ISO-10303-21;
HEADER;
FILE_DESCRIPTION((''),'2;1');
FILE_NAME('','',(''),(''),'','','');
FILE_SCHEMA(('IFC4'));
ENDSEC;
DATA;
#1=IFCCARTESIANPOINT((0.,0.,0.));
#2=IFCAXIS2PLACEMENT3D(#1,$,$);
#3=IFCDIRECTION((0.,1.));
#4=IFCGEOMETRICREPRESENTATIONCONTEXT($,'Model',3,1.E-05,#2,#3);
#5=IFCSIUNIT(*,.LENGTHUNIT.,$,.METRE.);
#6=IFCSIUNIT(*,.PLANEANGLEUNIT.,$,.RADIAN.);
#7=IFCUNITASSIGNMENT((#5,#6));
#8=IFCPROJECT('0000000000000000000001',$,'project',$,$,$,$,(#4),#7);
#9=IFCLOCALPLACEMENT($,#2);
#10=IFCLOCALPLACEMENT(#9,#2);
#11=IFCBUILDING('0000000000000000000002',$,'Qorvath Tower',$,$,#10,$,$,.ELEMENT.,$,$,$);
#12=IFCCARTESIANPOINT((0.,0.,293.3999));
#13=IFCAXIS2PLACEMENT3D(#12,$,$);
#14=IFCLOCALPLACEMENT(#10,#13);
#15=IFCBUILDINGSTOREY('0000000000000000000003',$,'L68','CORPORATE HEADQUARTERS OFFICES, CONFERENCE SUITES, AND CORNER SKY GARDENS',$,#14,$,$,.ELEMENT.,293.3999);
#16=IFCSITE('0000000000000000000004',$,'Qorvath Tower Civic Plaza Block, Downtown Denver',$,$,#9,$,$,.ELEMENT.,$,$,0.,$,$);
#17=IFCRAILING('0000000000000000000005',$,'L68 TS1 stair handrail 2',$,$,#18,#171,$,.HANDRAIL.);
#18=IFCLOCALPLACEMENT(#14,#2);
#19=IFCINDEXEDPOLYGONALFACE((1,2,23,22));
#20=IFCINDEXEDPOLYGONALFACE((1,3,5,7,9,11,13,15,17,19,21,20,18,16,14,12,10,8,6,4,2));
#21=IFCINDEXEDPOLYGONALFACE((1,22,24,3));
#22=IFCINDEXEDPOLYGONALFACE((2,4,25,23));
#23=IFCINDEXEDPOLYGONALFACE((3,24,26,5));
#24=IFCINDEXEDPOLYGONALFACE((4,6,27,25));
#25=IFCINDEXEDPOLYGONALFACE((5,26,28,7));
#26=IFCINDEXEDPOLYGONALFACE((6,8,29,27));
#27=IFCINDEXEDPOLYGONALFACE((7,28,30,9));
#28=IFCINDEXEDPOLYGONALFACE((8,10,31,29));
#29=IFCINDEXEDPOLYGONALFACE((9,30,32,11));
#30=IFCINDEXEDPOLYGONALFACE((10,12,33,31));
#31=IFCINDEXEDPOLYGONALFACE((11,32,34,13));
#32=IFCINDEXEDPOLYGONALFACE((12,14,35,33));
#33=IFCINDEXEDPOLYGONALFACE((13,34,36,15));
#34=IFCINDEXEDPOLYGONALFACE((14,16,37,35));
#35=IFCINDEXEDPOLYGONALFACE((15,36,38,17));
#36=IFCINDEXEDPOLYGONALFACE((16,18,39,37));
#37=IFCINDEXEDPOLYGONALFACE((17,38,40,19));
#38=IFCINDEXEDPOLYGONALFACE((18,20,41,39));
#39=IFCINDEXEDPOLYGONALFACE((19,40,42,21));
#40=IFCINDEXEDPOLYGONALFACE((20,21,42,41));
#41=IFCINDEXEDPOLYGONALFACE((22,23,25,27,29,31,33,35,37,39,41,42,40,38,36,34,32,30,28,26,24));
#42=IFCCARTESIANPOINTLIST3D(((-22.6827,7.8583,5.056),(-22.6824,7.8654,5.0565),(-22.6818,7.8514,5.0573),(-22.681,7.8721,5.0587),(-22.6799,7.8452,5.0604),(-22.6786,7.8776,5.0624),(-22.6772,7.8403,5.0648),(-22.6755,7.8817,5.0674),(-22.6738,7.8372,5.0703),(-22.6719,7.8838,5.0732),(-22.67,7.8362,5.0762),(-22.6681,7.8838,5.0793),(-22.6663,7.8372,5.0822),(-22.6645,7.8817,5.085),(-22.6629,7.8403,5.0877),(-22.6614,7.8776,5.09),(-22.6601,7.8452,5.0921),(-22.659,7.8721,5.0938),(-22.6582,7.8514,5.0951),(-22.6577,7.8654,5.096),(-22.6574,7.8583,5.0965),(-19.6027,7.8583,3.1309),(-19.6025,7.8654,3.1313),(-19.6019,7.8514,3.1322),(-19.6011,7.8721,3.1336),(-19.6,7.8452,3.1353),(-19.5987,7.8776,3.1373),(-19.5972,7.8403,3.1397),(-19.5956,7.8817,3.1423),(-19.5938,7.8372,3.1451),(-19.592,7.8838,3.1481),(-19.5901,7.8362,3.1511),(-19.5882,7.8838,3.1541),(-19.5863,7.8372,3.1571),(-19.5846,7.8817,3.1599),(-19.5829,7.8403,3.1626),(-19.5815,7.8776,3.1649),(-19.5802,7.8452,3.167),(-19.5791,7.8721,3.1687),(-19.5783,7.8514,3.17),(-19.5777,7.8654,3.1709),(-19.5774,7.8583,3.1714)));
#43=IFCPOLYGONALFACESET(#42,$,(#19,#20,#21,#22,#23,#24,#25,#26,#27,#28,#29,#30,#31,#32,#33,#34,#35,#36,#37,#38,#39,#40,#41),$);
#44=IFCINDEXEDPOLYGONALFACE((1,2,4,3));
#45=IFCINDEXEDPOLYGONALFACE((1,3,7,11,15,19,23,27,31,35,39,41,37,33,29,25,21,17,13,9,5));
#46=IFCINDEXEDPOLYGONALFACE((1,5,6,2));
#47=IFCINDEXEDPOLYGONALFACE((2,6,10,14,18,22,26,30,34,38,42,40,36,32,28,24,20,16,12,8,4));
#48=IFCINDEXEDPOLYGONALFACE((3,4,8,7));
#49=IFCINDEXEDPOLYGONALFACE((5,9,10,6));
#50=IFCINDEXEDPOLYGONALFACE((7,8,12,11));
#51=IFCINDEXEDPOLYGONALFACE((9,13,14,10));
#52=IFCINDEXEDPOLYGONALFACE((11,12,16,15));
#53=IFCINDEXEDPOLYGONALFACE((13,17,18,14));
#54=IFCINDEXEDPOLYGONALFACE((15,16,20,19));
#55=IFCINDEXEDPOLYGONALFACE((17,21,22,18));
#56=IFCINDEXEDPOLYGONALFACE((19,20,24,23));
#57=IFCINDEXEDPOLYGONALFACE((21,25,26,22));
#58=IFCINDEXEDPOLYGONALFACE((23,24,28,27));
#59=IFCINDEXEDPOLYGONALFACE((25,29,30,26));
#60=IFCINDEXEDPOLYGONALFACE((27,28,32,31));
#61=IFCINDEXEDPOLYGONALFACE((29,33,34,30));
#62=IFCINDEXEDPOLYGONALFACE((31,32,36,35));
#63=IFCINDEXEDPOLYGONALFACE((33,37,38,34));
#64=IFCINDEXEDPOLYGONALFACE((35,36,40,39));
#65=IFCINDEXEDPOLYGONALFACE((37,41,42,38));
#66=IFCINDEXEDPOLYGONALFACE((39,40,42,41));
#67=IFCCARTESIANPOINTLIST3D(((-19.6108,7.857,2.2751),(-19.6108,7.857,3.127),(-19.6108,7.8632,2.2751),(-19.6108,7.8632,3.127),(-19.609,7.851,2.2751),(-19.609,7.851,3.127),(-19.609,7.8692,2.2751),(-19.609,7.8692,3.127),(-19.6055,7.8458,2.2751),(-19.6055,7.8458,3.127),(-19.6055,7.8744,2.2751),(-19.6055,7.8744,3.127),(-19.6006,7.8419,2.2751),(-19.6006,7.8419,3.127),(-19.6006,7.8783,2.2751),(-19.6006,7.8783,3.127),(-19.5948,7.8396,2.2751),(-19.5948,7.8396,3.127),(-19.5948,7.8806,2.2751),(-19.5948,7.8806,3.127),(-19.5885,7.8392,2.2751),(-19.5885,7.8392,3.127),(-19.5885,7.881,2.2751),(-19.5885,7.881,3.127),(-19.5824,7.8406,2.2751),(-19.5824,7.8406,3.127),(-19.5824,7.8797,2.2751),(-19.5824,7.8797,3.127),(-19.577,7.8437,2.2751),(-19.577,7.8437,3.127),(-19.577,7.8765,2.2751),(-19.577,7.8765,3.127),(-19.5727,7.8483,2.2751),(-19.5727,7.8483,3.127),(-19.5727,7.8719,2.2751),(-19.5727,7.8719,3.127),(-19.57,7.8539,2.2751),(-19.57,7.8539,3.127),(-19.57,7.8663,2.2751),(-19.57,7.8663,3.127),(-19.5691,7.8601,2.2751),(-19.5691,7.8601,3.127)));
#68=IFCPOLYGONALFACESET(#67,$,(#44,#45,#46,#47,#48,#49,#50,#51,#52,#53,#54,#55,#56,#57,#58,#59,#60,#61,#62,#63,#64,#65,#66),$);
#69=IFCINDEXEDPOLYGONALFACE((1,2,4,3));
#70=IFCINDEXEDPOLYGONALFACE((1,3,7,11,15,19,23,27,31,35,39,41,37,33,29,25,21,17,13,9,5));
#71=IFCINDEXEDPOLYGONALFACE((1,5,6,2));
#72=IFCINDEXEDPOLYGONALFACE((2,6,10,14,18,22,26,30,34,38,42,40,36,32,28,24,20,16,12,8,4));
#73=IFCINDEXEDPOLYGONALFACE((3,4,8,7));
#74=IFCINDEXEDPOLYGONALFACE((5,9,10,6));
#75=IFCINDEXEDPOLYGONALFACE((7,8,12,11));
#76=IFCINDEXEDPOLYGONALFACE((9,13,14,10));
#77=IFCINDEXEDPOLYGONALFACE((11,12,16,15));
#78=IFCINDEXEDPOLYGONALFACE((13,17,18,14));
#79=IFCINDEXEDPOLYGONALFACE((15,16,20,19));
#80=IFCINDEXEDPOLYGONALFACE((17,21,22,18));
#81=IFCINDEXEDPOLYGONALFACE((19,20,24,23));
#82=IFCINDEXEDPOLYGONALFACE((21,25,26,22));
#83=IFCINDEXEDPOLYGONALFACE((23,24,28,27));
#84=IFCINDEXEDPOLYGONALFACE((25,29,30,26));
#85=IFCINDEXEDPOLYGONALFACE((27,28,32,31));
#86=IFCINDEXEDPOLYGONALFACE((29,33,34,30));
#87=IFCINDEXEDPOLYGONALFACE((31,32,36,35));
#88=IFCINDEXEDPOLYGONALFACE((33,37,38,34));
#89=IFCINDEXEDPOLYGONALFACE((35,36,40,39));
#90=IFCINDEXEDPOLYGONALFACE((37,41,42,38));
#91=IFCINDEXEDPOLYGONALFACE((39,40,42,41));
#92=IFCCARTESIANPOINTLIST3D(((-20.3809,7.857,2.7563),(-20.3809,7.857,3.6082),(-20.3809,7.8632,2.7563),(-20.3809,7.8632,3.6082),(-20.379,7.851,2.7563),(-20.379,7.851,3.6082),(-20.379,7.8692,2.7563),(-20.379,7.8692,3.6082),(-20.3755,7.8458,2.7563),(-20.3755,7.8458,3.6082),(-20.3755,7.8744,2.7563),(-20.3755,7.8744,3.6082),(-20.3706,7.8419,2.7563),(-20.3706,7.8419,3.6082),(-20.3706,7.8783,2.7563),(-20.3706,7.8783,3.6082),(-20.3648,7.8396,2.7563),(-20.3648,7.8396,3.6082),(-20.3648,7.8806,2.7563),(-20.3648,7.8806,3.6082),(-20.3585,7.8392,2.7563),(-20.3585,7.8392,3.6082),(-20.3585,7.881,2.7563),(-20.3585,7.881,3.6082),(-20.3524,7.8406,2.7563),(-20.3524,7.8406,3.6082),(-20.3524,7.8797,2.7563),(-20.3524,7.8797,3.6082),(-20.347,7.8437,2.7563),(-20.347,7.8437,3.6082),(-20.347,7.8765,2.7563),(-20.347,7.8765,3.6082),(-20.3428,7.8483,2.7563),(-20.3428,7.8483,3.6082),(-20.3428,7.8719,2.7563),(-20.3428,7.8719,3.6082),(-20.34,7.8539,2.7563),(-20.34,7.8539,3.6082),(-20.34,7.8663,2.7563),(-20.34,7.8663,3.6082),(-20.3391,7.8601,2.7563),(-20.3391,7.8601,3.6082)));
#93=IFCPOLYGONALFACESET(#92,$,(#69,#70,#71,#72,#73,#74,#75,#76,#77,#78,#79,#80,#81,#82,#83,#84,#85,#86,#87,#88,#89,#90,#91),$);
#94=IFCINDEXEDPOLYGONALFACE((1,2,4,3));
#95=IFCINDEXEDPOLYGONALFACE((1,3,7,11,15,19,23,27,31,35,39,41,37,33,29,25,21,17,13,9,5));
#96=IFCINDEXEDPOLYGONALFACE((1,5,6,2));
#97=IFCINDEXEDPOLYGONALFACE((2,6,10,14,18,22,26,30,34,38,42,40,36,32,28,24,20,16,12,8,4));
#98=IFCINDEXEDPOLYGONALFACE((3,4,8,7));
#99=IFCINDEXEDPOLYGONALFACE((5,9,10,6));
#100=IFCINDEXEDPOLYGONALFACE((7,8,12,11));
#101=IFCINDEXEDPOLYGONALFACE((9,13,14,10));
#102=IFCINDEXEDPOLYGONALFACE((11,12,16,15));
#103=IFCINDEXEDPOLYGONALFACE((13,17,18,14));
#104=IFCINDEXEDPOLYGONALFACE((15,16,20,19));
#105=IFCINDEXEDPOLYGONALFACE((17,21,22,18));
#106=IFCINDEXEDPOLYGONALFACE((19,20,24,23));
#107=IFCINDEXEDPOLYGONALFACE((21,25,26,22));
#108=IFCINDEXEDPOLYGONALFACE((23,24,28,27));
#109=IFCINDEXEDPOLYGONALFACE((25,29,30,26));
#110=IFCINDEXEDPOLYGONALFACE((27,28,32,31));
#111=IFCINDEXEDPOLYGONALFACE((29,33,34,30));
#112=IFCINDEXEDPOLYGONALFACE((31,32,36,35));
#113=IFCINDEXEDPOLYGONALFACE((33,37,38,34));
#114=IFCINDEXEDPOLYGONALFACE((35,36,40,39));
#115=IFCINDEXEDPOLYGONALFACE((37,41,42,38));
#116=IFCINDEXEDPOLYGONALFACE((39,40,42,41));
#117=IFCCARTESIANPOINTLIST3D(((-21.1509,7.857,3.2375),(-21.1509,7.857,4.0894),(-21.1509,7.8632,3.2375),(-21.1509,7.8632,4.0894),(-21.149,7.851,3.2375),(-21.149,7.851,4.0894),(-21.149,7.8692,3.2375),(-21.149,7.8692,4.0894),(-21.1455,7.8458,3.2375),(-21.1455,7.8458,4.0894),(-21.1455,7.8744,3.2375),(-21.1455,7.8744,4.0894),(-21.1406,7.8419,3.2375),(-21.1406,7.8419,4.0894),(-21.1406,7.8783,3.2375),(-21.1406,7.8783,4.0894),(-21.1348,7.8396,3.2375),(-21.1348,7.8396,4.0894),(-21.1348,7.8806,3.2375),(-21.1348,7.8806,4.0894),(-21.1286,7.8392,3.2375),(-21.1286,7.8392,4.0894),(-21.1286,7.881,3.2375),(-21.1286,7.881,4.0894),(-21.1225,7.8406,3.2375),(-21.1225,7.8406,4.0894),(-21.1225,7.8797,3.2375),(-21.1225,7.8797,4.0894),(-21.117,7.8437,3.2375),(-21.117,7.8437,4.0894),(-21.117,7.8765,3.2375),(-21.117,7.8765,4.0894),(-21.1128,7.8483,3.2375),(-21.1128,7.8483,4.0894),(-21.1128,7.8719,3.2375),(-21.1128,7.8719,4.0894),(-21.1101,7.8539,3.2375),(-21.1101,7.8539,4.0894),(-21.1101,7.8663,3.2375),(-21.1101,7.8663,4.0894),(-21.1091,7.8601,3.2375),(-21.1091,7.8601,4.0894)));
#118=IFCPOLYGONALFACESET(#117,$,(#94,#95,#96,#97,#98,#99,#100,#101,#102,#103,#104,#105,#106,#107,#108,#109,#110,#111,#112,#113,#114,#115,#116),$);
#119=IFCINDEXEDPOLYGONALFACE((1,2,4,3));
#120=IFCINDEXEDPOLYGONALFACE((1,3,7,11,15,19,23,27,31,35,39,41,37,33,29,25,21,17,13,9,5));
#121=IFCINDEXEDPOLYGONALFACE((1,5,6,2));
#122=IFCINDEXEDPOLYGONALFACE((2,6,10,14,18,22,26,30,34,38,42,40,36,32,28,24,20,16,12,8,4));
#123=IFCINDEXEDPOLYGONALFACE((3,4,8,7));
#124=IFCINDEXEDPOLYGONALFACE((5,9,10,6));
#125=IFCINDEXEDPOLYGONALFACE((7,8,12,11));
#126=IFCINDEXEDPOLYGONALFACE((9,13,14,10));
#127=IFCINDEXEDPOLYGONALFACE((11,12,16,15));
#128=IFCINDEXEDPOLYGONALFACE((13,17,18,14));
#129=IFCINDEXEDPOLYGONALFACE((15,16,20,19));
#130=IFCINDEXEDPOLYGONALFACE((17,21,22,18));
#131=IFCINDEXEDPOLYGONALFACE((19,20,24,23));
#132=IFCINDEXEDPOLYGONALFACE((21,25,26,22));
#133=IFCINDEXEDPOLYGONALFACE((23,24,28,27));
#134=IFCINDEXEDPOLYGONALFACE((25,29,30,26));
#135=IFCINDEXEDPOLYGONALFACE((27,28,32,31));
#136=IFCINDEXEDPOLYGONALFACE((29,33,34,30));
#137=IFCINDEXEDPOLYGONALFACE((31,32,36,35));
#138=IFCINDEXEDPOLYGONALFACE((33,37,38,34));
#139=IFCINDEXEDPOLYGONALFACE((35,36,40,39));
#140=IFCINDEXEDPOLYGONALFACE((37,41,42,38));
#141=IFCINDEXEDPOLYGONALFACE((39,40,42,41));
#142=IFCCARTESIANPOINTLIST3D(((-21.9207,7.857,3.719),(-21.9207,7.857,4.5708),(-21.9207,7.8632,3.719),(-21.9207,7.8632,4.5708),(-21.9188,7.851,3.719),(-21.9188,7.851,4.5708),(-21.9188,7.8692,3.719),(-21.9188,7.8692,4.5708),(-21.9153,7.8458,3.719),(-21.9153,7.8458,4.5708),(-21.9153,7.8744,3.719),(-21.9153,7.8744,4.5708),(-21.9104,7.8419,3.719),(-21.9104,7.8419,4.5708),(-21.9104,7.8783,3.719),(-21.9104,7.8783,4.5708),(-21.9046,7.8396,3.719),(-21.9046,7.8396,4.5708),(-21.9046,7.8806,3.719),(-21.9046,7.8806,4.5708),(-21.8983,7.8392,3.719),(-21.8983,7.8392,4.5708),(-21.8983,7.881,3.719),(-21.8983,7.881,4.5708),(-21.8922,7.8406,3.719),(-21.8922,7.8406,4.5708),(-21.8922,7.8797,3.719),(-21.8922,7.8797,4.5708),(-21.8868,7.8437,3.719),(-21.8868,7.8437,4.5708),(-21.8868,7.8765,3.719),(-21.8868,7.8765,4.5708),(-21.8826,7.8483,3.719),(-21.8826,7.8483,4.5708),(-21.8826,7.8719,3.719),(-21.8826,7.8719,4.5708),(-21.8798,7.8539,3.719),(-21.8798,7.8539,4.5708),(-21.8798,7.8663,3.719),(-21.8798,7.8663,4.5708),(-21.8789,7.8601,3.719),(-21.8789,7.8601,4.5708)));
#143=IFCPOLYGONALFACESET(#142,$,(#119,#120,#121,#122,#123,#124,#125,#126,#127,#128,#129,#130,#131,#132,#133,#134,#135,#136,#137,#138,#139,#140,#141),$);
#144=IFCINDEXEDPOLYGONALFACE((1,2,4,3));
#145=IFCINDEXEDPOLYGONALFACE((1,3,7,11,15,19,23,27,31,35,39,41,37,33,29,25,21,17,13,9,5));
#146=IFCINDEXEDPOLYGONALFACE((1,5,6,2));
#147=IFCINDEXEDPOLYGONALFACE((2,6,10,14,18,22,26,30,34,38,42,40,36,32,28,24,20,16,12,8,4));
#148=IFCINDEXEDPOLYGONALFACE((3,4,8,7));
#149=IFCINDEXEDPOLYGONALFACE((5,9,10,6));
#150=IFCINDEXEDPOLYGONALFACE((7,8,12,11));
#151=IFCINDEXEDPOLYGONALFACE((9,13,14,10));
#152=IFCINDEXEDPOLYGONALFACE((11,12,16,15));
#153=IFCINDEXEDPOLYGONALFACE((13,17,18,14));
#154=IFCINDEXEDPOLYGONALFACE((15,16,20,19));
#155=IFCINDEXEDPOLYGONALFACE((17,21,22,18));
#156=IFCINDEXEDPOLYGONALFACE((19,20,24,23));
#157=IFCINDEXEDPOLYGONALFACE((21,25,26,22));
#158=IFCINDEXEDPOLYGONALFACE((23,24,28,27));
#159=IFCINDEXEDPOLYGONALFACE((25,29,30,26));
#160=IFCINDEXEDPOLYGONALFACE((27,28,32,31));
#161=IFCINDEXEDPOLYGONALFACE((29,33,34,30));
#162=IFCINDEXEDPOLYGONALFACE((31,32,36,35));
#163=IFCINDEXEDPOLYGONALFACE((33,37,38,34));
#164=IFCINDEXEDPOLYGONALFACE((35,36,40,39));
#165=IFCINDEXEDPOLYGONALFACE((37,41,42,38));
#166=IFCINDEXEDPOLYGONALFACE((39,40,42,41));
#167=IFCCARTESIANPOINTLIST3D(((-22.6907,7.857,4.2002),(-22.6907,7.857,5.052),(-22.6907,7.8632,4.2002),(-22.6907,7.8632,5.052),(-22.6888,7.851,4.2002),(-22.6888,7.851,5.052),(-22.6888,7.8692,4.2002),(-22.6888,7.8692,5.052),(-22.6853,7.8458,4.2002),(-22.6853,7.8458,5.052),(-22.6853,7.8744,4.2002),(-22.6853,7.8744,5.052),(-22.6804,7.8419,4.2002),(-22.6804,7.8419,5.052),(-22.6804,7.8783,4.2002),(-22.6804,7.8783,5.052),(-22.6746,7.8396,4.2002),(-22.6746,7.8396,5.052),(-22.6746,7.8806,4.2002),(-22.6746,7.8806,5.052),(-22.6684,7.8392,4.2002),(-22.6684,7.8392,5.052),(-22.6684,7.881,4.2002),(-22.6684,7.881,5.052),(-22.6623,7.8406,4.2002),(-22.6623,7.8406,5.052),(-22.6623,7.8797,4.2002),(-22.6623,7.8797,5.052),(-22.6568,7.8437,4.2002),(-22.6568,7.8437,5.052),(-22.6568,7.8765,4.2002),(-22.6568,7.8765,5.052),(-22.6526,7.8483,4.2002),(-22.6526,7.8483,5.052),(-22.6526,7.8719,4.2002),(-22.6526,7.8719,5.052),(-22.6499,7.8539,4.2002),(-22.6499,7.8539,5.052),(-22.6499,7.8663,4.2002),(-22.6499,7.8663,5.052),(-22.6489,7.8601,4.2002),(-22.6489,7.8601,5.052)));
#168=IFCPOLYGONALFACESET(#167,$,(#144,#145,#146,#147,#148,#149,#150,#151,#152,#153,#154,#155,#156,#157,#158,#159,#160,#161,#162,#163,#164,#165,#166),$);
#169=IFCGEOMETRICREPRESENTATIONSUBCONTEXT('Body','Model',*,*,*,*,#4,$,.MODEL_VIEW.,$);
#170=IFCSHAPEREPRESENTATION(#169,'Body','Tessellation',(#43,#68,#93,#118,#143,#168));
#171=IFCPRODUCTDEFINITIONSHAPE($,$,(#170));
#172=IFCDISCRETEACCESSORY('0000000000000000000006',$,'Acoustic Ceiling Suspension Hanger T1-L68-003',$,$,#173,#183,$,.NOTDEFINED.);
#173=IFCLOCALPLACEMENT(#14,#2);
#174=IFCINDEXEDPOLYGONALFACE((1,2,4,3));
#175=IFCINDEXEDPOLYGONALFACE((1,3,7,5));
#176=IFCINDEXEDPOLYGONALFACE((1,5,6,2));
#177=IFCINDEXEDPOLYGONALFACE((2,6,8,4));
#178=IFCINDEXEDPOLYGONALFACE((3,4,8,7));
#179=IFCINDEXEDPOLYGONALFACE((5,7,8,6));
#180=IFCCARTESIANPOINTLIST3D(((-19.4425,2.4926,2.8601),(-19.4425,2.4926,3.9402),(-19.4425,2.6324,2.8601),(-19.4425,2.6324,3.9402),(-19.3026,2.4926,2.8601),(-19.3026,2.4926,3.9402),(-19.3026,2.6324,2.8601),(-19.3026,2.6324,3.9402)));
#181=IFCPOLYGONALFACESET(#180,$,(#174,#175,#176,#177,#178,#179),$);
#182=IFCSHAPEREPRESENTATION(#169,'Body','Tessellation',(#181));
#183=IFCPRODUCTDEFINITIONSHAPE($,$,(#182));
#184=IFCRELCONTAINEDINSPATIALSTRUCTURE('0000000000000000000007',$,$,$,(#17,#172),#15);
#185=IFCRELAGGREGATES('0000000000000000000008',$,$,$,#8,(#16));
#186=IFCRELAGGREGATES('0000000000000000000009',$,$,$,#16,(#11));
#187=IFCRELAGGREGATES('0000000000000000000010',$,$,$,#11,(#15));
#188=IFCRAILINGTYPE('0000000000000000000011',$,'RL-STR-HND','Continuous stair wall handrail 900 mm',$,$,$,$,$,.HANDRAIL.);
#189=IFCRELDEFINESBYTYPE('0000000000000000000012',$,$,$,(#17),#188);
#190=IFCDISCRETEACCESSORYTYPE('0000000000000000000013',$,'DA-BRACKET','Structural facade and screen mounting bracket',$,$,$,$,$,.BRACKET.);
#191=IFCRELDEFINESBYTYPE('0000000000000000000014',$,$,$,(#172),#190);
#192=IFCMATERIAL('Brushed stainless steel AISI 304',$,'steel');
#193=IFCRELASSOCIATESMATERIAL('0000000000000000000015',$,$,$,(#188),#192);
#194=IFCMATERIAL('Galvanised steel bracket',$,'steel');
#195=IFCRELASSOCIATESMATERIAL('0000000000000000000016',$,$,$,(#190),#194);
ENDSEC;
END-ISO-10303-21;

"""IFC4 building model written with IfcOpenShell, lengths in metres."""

from ifc_helpers import new_model, si_unit, direction, frame, origin, origin_2d, place, context, subcontext, project, spatial, rectangle, circle, extrude, material, type_object, element, save


model = new_model("IFC4")

# Units and contexts
model_context = context("Model", 3, precision=1e-05, world=origin(), true_north=direction((0.0, 1.0)))
body_context = subcontext(model_context, "Body", "Model", "MODEL_VIEW")
ifc_project = project(units=[si_unit("LENGTHUNIT", "METRE"), si_unit("PLANEANGLEUNIT", "RADIAN")], contexts=[model_context])

# Site, building, storey
site_placement = place(None, origin())
site = spatial("IfcSite", under=ifc_project, at=site_placement, Name="Qorvath Tower Civic Plaza Block, Downtown Denver", CompositionType="ELEMENT", RefElevation=0.0)
building_placement = place(site_placement, origin())
building = spatial("IfcBuilding", under=site, at=building_placement, Name="Qorvath Tower", CompositionType="ELEMENT")
storey_placement = place(building_placement, frame((0.0, 0.0, 293.3999)))
storey = spatial("IfcBuildingStorey", under=building, at=storey_placement, Name="L68", Description="CORPORATE HEADQUARTERS OFFICES, CONFERENCE SUITES, AND CORNER SKY GARDENS", CompositionType="ELEMENT", Elevation=293.3999)

# Railing
ifc_material_1 = material(Name="Brushed stainless steel AISI 304", Category="steel")
railing_type_1 = type_object("IfcRailingType", Name="RL-STR-HND", Description="Continuous stair wall handrail 900 mm", PredefinedType="HANDRAIL", material=ifc_material_1)
railing_1_placement = place(storey_placement, frame((-19.5901, 7.8601, 2.2751)))
element("IfcRailing", 1, at=railing_1_placement, inside=storey, type_object=railing_type_1, Name="L68 TS1 stair handrail 2", PredefinedType="HANDRAIL", context=body_context, shape_type="SweptSolid", body=[
    extrude(circle(Radius=0.0239, at=origin_2d()), frame((0.0, 0.0, 0.876), z_axis=(-0.847979, 0.0, 0.530029), x_axis=(0.0, -1.0, 0.0)), (0.0, 0.0, 1.0), 3.6321),
    extrude(circle(Radius=0.021, at=origin_2d()), origin(), (0.0, 0.0, 1.0), 0.8518),
    extrude(circle(Radius=0.021, at=origin_2d()), frame((-0.77, 0.0, 0.4812)), (0.0, 0.0, 1.0), 0.8518),
    extrude(circle(Radius=0.021, at=origin_2d()), frame((-1.54, 0.0, 0.9624)), (0.0, 0.0, 1.0), 0.8518),
    extrude(circle(Radius=0.021, at=origin_2d()), frame((-2.3098, 0.0, 1.4438)), (0.0, 0.0, 1.0), 0.8518),
    extrude(circle(Radius=0.021, at=origin_2d()), frame((-3.0798, 0.0, 1.925)), (0.0, 0.0, 1.0), 0.8518),
])

# Discrete accessory
ifc_material_2 = material(Name="Galvanised steel bracket", Category="steel")
discrete_accessory_type = type_object("IfcDiscreteAccessoryType", Name="DA-BRACKET", Description="Structural facade and screen mounting bracket", PredefinedType="BRACKET", material=ifc_material_2)
discrete_accessory_placement = place(storey_placement, frame((-19.3726, 2.5625, 2.8601), z_axis=(0.0, 0.0, 1.0), x_axis=(1.0, 0.0, 0.0)))
element("IfcDiscreteAccessory", 2, at=discrete_accessory_placement, inside=storey, type_object=discrete_accessory_type, Name="Acoustic Ceiling Suspension Hanger T1-L68-003", PredefinedType="NOTDEFINED", context=body_context, shape_type="SweptSolid", body=[
    extrude(rectangle(XDim=0.1399, YDim=0.1399, at=origin_2d()), origin(), (0.0, 0.0, 1.0), 1.0801),
])

save(model, "model.ifc")
